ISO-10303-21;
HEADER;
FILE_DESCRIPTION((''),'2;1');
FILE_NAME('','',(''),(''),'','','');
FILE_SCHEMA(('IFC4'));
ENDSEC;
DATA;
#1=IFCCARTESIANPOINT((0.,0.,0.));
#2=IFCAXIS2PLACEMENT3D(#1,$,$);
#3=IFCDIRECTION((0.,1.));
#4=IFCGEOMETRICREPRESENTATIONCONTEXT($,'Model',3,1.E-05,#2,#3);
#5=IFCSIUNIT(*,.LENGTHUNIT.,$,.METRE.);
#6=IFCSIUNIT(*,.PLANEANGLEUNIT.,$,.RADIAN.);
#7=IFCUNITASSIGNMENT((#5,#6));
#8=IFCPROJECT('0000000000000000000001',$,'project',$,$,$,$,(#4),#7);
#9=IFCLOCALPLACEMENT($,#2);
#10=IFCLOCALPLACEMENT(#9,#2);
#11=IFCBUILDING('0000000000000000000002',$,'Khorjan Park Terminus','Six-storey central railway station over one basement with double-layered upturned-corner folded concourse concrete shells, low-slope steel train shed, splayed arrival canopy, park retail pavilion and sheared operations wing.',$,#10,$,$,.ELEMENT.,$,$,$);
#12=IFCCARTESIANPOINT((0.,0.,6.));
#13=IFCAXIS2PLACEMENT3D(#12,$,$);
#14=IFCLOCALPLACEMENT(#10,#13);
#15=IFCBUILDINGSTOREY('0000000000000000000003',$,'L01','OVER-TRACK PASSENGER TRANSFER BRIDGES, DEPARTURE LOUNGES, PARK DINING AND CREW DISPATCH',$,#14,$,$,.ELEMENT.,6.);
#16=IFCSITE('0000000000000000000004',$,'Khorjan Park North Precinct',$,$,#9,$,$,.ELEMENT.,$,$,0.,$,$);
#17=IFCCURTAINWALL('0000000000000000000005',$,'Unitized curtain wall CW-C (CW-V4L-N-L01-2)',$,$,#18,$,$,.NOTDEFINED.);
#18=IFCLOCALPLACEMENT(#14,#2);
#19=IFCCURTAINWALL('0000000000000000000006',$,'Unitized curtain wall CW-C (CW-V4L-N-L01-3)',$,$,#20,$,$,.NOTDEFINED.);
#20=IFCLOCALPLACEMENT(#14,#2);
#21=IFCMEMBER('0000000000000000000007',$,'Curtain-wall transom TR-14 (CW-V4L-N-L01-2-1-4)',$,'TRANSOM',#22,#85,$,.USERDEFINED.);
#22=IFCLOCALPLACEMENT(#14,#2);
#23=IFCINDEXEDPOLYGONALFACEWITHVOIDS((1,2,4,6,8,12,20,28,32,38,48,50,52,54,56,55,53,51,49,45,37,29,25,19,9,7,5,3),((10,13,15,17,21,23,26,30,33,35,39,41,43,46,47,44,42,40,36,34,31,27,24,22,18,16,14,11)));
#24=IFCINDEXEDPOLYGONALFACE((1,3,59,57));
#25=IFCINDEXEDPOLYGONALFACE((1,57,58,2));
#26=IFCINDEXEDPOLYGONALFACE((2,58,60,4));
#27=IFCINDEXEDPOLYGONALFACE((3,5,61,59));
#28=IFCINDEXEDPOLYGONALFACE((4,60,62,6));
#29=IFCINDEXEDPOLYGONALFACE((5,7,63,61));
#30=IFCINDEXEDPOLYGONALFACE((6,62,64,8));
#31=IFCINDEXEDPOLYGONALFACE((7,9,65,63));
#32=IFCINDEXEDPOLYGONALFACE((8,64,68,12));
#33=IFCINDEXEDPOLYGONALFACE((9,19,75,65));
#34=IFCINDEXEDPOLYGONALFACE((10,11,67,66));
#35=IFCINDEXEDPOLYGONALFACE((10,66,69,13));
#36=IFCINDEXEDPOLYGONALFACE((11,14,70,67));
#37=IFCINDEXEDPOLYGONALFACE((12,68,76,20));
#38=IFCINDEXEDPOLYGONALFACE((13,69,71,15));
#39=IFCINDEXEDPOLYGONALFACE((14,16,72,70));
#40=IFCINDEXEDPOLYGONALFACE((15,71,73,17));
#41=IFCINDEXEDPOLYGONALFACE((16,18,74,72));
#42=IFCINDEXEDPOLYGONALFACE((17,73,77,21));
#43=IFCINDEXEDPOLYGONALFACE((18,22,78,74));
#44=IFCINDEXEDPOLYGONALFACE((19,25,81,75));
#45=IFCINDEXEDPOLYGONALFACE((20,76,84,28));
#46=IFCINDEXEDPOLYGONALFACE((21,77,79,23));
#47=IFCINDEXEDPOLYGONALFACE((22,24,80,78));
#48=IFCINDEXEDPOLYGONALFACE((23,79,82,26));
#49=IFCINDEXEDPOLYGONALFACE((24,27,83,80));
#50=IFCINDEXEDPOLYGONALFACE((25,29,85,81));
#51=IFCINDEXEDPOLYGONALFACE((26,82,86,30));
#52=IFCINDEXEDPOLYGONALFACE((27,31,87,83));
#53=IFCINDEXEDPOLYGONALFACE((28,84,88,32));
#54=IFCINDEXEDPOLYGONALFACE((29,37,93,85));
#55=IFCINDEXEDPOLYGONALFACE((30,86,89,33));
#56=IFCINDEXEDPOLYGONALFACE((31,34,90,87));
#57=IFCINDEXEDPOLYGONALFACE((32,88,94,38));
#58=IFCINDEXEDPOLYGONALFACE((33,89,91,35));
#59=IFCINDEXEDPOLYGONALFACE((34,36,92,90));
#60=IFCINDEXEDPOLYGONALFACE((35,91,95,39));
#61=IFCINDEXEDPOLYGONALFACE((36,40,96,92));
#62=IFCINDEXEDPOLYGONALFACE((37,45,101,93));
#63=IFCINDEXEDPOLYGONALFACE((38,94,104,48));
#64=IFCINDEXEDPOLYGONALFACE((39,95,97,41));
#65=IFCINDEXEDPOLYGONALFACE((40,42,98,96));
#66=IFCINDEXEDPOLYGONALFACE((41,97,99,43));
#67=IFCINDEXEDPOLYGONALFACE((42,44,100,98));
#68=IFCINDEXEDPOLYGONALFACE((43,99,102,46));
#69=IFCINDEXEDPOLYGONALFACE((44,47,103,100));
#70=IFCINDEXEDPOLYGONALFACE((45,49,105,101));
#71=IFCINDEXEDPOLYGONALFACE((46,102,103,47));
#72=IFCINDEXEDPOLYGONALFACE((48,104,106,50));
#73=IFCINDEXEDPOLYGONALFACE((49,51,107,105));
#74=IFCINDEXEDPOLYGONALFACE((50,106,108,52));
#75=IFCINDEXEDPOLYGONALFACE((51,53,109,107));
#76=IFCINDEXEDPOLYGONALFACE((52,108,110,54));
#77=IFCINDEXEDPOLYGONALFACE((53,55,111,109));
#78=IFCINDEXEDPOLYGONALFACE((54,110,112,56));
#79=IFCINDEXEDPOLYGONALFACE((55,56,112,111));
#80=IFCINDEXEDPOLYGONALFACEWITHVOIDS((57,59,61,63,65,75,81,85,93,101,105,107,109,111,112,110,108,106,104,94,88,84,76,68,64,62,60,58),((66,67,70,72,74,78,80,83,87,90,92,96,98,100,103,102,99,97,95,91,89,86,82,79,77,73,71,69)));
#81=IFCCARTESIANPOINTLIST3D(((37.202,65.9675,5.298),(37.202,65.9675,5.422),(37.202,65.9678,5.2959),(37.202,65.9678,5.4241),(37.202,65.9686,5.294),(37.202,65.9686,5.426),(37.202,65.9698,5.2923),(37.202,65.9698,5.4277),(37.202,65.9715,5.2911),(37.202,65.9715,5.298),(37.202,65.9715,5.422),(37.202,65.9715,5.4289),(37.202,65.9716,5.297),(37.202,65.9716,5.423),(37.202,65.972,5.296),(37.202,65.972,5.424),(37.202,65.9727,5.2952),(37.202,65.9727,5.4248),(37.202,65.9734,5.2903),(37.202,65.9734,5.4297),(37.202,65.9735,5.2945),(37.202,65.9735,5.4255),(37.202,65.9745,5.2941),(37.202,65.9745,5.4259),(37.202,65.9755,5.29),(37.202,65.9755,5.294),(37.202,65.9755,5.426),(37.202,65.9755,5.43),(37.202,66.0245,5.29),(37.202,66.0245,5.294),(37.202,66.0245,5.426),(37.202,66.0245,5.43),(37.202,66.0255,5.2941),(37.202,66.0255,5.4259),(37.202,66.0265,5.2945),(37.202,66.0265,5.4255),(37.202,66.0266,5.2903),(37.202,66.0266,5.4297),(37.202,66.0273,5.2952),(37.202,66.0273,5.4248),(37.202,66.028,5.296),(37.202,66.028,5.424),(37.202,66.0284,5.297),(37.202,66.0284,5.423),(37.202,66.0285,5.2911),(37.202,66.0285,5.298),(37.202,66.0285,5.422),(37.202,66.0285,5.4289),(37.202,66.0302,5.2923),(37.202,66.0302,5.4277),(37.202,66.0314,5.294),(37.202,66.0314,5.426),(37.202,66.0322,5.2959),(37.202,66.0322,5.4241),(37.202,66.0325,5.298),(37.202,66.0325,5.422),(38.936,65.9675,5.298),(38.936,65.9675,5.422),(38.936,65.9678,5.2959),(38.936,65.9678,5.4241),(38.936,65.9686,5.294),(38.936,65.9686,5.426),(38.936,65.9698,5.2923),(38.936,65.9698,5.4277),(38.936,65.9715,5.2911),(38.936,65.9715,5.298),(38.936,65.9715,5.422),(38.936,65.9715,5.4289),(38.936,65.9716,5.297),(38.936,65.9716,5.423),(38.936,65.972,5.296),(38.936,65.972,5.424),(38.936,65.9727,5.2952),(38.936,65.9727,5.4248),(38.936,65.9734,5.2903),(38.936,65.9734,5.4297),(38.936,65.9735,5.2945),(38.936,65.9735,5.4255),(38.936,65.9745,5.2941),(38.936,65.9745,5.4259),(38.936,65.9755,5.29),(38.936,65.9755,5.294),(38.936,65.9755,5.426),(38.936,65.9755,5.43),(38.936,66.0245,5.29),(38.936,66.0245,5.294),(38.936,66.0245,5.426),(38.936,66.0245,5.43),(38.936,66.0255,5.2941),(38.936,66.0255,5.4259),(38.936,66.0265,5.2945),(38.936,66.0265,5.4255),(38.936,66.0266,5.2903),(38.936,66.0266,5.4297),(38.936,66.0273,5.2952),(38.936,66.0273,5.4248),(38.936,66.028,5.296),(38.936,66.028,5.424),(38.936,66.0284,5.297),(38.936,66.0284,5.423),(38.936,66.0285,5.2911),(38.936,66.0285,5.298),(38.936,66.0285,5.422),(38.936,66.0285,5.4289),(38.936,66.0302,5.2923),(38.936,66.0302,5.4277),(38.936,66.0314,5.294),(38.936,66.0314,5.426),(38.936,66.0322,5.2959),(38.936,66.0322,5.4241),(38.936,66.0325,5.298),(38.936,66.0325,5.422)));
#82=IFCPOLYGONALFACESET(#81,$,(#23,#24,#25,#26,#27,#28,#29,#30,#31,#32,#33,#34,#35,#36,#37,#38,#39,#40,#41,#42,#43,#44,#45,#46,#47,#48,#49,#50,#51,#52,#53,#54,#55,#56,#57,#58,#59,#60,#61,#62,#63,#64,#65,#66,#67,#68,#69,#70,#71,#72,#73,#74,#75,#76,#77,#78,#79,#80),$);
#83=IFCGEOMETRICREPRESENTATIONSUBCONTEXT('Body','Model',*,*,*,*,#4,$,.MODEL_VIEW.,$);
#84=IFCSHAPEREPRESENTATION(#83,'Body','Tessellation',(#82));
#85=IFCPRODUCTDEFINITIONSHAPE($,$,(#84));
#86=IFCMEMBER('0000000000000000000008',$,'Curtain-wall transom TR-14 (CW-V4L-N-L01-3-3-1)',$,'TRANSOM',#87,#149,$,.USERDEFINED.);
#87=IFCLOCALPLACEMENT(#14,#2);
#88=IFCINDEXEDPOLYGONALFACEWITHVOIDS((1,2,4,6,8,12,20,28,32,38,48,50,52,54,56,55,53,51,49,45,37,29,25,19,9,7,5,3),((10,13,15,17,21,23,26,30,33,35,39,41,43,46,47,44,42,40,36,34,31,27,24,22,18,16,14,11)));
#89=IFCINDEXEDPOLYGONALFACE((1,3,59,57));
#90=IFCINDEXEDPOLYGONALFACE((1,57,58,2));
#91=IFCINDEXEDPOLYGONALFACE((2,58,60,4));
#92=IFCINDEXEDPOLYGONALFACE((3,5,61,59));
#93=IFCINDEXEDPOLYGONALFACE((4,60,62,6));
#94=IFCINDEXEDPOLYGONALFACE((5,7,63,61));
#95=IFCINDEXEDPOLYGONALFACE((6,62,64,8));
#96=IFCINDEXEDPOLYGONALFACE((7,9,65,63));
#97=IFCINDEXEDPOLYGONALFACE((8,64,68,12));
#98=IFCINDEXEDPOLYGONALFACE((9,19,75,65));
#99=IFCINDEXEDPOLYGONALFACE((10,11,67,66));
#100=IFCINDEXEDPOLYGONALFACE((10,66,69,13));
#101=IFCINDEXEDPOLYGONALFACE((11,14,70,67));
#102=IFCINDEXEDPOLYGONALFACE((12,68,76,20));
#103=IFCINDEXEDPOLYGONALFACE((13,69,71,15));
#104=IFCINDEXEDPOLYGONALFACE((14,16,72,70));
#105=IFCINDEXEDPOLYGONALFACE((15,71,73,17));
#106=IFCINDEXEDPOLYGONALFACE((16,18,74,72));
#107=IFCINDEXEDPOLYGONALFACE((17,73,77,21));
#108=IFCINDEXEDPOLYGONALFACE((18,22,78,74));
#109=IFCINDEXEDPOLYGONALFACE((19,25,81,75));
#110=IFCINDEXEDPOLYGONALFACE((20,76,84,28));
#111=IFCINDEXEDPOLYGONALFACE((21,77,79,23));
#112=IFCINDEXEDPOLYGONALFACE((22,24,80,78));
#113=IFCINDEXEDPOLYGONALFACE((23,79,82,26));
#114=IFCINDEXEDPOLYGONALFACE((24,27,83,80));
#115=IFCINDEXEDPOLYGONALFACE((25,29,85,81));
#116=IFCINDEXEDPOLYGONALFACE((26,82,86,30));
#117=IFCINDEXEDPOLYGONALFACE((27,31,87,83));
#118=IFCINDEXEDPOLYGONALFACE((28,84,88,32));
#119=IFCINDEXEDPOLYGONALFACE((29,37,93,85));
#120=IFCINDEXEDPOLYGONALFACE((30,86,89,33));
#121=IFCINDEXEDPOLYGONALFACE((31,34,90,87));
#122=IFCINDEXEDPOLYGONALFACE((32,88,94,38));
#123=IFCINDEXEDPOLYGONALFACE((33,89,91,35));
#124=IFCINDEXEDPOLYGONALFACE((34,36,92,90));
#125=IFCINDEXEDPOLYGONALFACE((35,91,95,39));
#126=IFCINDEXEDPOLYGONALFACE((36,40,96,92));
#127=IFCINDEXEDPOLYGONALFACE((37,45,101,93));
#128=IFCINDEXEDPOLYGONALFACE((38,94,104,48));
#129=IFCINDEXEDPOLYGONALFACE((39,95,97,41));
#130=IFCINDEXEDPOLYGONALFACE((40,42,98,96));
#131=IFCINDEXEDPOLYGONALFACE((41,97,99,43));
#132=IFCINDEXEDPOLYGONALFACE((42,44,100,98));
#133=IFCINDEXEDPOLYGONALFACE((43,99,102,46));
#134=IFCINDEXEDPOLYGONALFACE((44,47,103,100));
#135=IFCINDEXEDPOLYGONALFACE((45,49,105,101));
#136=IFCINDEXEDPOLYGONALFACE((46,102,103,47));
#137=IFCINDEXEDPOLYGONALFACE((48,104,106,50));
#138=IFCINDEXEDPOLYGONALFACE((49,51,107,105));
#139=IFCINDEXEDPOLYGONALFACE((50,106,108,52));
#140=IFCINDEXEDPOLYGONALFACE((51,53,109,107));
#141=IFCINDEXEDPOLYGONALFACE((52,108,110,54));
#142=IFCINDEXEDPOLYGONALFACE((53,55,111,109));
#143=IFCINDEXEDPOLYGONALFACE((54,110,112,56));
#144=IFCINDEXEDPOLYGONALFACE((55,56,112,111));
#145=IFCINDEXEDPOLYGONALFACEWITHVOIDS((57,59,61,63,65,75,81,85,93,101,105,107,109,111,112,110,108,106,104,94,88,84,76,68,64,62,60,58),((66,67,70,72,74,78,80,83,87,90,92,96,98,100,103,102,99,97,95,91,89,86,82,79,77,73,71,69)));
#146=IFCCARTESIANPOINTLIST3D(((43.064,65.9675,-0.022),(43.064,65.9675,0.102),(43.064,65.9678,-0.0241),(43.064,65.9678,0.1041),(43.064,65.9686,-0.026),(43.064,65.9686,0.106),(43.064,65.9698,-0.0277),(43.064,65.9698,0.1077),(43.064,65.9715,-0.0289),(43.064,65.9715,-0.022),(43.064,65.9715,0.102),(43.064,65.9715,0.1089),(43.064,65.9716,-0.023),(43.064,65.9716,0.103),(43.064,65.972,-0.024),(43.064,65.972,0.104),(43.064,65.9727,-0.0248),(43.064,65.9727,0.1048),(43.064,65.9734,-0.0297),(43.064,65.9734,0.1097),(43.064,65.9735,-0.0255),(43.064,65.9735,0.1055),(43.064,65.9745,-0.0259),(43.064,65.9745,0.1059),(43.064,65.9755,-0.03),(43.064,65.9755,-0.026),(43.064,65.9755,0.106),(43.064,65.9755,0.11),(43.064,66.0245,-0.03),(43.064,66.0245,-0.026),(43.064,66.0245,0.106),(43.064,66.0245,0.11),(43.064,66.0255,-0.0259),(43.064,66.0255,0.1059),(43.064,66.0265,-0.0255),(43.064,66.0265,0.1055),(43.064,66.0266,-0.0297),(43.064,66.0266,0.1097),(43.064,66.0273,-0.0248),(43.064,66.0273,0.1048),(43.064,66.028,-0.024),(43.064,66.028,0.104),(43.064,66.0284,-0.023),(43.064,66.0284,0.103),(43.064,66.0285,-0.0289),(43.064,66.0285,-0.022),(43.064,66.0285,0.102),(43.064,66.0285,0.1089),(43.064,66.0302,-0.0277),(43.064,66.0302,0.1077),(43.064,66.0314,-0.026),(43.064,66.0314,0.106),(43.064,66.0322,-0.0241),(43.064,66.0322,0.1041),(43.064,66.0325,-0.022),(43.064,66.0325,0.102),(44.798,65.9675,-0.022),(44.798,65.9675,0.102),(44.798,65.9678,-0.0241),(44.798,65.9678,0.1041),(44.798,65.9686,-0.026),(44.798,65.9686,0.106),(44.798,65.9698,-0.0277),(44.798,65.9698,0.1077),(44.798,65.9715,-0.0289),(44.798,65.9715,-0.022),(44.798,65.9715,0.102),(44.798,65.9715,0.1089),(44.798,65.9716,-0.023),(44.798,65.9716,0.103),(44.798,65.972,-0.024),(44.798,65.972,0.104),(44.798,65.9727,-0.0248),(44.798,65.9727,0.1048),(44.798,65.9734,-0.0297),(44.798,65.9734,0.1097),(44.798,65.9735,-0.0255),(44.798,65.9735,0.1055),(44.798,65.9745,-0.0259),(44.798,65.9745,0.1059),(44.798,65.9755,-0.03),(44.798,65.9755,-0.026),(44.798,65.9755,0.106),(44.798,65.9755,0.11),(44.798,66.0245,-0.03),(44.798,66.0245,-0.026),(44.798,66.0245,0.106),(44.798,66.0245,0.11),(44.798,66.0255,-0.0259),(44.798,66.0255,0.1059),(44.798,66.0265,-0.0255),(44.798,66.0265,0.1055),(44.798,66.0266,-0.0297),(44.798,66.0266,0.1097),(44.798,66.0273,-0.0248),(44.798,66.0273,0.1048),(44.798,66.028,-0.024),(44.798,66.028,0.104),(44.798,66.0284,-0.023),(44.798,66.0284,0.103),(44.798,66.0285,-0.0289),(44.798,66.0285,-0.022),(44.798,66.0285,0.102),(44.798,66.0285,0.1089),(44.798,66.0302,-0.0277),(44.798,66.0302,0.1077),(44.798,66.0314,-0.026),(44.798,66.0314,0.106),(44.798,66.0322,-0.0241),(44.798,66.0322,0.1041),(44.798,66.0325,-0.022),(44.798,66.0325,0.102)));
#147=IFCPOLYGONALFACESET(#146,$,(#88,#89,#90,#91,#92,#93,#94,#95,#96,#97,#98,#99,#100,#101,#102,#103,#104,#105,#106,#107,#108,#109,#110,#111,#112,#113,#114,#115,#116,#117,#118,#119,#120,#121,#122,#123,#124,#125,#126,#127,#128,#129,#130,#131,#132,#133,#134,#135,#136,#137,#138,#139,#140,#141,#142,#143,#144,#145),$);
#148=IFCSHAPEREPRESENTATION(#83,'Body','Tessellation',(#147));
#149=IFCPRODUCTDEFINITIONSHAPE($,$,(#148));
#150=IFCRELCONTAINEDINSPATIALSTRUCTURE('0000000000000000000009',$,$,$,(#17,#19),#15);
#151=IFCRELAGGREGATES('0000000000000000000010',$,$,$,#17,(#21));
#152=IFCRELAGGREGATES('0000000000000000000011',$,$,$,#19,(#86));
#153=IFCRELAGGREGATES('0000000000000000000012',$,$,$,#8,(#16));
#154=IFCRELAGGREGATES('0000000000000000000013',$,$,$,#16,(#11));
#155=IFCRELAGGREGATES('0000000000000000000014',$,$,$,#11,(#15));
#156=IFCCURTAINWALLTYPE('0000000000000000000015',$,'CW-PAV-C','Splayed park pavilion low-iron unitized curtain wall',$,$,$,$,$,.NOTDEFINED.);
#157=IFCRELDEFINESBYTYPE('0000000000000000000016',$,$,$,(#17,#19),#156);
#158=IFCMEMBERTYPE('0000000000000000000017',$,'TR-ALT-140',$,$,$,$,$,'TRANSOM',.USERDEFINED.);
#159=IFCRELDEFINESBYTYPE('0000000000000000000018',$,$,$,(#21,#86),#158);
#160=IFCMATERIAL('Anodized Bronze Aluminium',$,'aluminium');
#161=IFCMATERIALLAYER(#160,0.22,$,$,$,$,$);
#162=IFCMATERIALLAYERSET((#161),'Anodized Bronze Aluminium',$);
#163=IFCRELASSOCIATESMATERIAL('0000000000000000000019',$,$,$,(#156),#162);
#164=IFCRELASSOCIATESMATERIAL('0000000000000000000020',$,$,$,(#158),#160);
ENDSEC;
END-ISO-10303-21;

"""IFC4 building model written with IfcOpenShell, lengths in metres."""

from ifc_helpers import new_model, si_unit, direction, frame, origin, origin_2d, place, context, subcontext, project, spatial, hollow_rectangle, extrude, material, layer, layer_set, material_profile, profile_set, type_object, element, aggregate, save


model = new_model("IFC4")

# Units and contexts
model_context = context("Model", 3, precision=1e-05, world=origin(), true_north=direction((0.0, 1.0)))
body_context = subcontext(model_context, "Body", "Model", "MODEL_VIEW")
ifc_project = project(units=[si_unit("LENGTHUNIT", "METRE"), si_unit("PLANEANGLEUNIT", "RADIAN")], contexts=[model_context])

# Site, building, storey
site_placement = place(None, origin())
site = spatial("IfcSite", under=ifc_project, at=site_placement, Name="Khorjan Park North Precinct", CompositionType="ELEMENT", RefElevation=0.0)
building_placement = place(site_placement, origin())
building = spatial("IfcBuilding", under=site, at=building_placement, Name="Khorjan Park Terminus", Description="Six-storey central railway station over one basement with double-layered upturned-corner folded concourse concrete shells, low-slope steel train shed, splayed arrival canopy, park retail pavilion and sheared operations wing.", CompositionType="ELEMENT")
storey_placement = place(building_placement, frame((0.0, 0.0, 6.0)))
storey = spatial("IfcBuildingStorey", under=building, at=storey_placement, Name="L01", Description="OVER-TRACK PASSENGER TRANSFER BRIDGES, DEPARTURE LOUNGES, PARK DINING AND CREW DISPATCH", CompositionType="ELEMENT", Elevation=6.0)

# Curtain wall
ifc_material_1 = material(Name="Anodized Bronze Aluminium", Category="aluminium")
ifc_layer_1 = layer(ifc_material_1, 0.22)
ifc_layer_set_1 = layer_set([ifc_layer_1], Name="Anodized Bronze Aluminium")
curtain_wall_type = type_object("IfcCurtainWallType", Name="CW-PAV-C", Description="Splayed park pavilion low-iron unitized curtain wall", PredefinedType="NOTDEFINED", material=ifc_layer_set_1)
curtain_wall_1_placement = place(storey_placement, origin())
curtain_wall_1 = element("IfcCurtainWall", 1, at=curtain_wall_1_placement, inside=storey, type_object=curtain_wall_type, Name="Unitized curtain wall CW-C (CW-V4L-N-L01-2)", PredefinedType="NOTDEFINED")

# Curtain wall
curtain_wall_2_placement = place(storey_placement, origin())
curtain_wall_2 = element("IfcCurtainWall", 2, at=curtain_wall_2_placement, inside=storey, type_object=curtain_wall_type, Name="Unitized curtain wall CW-C (CW-V4L-N-L01-3)", PredefinedType="NOTDEFINED")

# Members
ifc_material_profile_1 = material_profile(ifc_material_1, hollow_rectangle(XDim=0.065, YDim=0.14, WallThickness=0.004, InnerFilletRadius=0.004, OuterFilletRadius=0.008, at=origin_2d()), Name="ALT 65x140x4")
ifc_profile_set_1 = profile_set([ifc_material_profile_1], Name="Anodized Bronze Aluminium")
member_type_1 = type_object("IfcMemberType", Name="TR-ALT-140", ElementType="TRANSOM", PredefinedType="USERDEFINED", material=ifc_profile_set_1)
member_1_placement = place(storey_placement, frame((38.936, 66.0, 5.36), z_axis=(-1.0, 0.0, 0.0), x_axis=(0.0, -1.0, 0.0)))
member_1 = element("IfcMember", 3, at=member_1_placement, type_object=member_type_1, Name="Curtain-wall transom TR-14 (CW-V4L-N-L01-2-1-4)", ObjectType="TRANSOM", PredefinedType="USERDEFINED", context=body_context, shape_type="SweptSolid", body=[
    extrude(hollow_rectangle(XDim=0.065, YDim=0.14, WallThickness=0.004, InnerFilletRadius=0.004, OuterFilletRadius=0.008, at=origin_2d()), origin(), (0.0, 0.0, 1.0), 1.734),
])
member_2_placement = place(storey_placement, frame((44.798, 66.0, 0.04), z_axis=(-1.0, 0.0, 0.0), x_axis=(0.0, -1.0, 0.0)))
member_2 = element("IfcMember", 4, at=member_2_placement, type_object=member_type_1, Name="Curtain-wall transom TR-14 (CW-V4L-N-L01-3-3-1)", ObjectType="TRANSOM", PredefinedType="USERDEFINED", context=body_context, shape_type="SweptSolid", body=[
    extrude(hollow_rectangle(XDim=0.065, YDim=0.14, WallThickness=0.004, InnerFilletRadius=0.004, OuterFilletRadius=0.008, at=origin_2d()), origin(), (0.0, 0.0, 1.0), 1.734),
])

aggregate(curtain_wall_1, [member_1])
aggregate(curtain_wall_2, [member_2])

save(model, "model.ifc")
